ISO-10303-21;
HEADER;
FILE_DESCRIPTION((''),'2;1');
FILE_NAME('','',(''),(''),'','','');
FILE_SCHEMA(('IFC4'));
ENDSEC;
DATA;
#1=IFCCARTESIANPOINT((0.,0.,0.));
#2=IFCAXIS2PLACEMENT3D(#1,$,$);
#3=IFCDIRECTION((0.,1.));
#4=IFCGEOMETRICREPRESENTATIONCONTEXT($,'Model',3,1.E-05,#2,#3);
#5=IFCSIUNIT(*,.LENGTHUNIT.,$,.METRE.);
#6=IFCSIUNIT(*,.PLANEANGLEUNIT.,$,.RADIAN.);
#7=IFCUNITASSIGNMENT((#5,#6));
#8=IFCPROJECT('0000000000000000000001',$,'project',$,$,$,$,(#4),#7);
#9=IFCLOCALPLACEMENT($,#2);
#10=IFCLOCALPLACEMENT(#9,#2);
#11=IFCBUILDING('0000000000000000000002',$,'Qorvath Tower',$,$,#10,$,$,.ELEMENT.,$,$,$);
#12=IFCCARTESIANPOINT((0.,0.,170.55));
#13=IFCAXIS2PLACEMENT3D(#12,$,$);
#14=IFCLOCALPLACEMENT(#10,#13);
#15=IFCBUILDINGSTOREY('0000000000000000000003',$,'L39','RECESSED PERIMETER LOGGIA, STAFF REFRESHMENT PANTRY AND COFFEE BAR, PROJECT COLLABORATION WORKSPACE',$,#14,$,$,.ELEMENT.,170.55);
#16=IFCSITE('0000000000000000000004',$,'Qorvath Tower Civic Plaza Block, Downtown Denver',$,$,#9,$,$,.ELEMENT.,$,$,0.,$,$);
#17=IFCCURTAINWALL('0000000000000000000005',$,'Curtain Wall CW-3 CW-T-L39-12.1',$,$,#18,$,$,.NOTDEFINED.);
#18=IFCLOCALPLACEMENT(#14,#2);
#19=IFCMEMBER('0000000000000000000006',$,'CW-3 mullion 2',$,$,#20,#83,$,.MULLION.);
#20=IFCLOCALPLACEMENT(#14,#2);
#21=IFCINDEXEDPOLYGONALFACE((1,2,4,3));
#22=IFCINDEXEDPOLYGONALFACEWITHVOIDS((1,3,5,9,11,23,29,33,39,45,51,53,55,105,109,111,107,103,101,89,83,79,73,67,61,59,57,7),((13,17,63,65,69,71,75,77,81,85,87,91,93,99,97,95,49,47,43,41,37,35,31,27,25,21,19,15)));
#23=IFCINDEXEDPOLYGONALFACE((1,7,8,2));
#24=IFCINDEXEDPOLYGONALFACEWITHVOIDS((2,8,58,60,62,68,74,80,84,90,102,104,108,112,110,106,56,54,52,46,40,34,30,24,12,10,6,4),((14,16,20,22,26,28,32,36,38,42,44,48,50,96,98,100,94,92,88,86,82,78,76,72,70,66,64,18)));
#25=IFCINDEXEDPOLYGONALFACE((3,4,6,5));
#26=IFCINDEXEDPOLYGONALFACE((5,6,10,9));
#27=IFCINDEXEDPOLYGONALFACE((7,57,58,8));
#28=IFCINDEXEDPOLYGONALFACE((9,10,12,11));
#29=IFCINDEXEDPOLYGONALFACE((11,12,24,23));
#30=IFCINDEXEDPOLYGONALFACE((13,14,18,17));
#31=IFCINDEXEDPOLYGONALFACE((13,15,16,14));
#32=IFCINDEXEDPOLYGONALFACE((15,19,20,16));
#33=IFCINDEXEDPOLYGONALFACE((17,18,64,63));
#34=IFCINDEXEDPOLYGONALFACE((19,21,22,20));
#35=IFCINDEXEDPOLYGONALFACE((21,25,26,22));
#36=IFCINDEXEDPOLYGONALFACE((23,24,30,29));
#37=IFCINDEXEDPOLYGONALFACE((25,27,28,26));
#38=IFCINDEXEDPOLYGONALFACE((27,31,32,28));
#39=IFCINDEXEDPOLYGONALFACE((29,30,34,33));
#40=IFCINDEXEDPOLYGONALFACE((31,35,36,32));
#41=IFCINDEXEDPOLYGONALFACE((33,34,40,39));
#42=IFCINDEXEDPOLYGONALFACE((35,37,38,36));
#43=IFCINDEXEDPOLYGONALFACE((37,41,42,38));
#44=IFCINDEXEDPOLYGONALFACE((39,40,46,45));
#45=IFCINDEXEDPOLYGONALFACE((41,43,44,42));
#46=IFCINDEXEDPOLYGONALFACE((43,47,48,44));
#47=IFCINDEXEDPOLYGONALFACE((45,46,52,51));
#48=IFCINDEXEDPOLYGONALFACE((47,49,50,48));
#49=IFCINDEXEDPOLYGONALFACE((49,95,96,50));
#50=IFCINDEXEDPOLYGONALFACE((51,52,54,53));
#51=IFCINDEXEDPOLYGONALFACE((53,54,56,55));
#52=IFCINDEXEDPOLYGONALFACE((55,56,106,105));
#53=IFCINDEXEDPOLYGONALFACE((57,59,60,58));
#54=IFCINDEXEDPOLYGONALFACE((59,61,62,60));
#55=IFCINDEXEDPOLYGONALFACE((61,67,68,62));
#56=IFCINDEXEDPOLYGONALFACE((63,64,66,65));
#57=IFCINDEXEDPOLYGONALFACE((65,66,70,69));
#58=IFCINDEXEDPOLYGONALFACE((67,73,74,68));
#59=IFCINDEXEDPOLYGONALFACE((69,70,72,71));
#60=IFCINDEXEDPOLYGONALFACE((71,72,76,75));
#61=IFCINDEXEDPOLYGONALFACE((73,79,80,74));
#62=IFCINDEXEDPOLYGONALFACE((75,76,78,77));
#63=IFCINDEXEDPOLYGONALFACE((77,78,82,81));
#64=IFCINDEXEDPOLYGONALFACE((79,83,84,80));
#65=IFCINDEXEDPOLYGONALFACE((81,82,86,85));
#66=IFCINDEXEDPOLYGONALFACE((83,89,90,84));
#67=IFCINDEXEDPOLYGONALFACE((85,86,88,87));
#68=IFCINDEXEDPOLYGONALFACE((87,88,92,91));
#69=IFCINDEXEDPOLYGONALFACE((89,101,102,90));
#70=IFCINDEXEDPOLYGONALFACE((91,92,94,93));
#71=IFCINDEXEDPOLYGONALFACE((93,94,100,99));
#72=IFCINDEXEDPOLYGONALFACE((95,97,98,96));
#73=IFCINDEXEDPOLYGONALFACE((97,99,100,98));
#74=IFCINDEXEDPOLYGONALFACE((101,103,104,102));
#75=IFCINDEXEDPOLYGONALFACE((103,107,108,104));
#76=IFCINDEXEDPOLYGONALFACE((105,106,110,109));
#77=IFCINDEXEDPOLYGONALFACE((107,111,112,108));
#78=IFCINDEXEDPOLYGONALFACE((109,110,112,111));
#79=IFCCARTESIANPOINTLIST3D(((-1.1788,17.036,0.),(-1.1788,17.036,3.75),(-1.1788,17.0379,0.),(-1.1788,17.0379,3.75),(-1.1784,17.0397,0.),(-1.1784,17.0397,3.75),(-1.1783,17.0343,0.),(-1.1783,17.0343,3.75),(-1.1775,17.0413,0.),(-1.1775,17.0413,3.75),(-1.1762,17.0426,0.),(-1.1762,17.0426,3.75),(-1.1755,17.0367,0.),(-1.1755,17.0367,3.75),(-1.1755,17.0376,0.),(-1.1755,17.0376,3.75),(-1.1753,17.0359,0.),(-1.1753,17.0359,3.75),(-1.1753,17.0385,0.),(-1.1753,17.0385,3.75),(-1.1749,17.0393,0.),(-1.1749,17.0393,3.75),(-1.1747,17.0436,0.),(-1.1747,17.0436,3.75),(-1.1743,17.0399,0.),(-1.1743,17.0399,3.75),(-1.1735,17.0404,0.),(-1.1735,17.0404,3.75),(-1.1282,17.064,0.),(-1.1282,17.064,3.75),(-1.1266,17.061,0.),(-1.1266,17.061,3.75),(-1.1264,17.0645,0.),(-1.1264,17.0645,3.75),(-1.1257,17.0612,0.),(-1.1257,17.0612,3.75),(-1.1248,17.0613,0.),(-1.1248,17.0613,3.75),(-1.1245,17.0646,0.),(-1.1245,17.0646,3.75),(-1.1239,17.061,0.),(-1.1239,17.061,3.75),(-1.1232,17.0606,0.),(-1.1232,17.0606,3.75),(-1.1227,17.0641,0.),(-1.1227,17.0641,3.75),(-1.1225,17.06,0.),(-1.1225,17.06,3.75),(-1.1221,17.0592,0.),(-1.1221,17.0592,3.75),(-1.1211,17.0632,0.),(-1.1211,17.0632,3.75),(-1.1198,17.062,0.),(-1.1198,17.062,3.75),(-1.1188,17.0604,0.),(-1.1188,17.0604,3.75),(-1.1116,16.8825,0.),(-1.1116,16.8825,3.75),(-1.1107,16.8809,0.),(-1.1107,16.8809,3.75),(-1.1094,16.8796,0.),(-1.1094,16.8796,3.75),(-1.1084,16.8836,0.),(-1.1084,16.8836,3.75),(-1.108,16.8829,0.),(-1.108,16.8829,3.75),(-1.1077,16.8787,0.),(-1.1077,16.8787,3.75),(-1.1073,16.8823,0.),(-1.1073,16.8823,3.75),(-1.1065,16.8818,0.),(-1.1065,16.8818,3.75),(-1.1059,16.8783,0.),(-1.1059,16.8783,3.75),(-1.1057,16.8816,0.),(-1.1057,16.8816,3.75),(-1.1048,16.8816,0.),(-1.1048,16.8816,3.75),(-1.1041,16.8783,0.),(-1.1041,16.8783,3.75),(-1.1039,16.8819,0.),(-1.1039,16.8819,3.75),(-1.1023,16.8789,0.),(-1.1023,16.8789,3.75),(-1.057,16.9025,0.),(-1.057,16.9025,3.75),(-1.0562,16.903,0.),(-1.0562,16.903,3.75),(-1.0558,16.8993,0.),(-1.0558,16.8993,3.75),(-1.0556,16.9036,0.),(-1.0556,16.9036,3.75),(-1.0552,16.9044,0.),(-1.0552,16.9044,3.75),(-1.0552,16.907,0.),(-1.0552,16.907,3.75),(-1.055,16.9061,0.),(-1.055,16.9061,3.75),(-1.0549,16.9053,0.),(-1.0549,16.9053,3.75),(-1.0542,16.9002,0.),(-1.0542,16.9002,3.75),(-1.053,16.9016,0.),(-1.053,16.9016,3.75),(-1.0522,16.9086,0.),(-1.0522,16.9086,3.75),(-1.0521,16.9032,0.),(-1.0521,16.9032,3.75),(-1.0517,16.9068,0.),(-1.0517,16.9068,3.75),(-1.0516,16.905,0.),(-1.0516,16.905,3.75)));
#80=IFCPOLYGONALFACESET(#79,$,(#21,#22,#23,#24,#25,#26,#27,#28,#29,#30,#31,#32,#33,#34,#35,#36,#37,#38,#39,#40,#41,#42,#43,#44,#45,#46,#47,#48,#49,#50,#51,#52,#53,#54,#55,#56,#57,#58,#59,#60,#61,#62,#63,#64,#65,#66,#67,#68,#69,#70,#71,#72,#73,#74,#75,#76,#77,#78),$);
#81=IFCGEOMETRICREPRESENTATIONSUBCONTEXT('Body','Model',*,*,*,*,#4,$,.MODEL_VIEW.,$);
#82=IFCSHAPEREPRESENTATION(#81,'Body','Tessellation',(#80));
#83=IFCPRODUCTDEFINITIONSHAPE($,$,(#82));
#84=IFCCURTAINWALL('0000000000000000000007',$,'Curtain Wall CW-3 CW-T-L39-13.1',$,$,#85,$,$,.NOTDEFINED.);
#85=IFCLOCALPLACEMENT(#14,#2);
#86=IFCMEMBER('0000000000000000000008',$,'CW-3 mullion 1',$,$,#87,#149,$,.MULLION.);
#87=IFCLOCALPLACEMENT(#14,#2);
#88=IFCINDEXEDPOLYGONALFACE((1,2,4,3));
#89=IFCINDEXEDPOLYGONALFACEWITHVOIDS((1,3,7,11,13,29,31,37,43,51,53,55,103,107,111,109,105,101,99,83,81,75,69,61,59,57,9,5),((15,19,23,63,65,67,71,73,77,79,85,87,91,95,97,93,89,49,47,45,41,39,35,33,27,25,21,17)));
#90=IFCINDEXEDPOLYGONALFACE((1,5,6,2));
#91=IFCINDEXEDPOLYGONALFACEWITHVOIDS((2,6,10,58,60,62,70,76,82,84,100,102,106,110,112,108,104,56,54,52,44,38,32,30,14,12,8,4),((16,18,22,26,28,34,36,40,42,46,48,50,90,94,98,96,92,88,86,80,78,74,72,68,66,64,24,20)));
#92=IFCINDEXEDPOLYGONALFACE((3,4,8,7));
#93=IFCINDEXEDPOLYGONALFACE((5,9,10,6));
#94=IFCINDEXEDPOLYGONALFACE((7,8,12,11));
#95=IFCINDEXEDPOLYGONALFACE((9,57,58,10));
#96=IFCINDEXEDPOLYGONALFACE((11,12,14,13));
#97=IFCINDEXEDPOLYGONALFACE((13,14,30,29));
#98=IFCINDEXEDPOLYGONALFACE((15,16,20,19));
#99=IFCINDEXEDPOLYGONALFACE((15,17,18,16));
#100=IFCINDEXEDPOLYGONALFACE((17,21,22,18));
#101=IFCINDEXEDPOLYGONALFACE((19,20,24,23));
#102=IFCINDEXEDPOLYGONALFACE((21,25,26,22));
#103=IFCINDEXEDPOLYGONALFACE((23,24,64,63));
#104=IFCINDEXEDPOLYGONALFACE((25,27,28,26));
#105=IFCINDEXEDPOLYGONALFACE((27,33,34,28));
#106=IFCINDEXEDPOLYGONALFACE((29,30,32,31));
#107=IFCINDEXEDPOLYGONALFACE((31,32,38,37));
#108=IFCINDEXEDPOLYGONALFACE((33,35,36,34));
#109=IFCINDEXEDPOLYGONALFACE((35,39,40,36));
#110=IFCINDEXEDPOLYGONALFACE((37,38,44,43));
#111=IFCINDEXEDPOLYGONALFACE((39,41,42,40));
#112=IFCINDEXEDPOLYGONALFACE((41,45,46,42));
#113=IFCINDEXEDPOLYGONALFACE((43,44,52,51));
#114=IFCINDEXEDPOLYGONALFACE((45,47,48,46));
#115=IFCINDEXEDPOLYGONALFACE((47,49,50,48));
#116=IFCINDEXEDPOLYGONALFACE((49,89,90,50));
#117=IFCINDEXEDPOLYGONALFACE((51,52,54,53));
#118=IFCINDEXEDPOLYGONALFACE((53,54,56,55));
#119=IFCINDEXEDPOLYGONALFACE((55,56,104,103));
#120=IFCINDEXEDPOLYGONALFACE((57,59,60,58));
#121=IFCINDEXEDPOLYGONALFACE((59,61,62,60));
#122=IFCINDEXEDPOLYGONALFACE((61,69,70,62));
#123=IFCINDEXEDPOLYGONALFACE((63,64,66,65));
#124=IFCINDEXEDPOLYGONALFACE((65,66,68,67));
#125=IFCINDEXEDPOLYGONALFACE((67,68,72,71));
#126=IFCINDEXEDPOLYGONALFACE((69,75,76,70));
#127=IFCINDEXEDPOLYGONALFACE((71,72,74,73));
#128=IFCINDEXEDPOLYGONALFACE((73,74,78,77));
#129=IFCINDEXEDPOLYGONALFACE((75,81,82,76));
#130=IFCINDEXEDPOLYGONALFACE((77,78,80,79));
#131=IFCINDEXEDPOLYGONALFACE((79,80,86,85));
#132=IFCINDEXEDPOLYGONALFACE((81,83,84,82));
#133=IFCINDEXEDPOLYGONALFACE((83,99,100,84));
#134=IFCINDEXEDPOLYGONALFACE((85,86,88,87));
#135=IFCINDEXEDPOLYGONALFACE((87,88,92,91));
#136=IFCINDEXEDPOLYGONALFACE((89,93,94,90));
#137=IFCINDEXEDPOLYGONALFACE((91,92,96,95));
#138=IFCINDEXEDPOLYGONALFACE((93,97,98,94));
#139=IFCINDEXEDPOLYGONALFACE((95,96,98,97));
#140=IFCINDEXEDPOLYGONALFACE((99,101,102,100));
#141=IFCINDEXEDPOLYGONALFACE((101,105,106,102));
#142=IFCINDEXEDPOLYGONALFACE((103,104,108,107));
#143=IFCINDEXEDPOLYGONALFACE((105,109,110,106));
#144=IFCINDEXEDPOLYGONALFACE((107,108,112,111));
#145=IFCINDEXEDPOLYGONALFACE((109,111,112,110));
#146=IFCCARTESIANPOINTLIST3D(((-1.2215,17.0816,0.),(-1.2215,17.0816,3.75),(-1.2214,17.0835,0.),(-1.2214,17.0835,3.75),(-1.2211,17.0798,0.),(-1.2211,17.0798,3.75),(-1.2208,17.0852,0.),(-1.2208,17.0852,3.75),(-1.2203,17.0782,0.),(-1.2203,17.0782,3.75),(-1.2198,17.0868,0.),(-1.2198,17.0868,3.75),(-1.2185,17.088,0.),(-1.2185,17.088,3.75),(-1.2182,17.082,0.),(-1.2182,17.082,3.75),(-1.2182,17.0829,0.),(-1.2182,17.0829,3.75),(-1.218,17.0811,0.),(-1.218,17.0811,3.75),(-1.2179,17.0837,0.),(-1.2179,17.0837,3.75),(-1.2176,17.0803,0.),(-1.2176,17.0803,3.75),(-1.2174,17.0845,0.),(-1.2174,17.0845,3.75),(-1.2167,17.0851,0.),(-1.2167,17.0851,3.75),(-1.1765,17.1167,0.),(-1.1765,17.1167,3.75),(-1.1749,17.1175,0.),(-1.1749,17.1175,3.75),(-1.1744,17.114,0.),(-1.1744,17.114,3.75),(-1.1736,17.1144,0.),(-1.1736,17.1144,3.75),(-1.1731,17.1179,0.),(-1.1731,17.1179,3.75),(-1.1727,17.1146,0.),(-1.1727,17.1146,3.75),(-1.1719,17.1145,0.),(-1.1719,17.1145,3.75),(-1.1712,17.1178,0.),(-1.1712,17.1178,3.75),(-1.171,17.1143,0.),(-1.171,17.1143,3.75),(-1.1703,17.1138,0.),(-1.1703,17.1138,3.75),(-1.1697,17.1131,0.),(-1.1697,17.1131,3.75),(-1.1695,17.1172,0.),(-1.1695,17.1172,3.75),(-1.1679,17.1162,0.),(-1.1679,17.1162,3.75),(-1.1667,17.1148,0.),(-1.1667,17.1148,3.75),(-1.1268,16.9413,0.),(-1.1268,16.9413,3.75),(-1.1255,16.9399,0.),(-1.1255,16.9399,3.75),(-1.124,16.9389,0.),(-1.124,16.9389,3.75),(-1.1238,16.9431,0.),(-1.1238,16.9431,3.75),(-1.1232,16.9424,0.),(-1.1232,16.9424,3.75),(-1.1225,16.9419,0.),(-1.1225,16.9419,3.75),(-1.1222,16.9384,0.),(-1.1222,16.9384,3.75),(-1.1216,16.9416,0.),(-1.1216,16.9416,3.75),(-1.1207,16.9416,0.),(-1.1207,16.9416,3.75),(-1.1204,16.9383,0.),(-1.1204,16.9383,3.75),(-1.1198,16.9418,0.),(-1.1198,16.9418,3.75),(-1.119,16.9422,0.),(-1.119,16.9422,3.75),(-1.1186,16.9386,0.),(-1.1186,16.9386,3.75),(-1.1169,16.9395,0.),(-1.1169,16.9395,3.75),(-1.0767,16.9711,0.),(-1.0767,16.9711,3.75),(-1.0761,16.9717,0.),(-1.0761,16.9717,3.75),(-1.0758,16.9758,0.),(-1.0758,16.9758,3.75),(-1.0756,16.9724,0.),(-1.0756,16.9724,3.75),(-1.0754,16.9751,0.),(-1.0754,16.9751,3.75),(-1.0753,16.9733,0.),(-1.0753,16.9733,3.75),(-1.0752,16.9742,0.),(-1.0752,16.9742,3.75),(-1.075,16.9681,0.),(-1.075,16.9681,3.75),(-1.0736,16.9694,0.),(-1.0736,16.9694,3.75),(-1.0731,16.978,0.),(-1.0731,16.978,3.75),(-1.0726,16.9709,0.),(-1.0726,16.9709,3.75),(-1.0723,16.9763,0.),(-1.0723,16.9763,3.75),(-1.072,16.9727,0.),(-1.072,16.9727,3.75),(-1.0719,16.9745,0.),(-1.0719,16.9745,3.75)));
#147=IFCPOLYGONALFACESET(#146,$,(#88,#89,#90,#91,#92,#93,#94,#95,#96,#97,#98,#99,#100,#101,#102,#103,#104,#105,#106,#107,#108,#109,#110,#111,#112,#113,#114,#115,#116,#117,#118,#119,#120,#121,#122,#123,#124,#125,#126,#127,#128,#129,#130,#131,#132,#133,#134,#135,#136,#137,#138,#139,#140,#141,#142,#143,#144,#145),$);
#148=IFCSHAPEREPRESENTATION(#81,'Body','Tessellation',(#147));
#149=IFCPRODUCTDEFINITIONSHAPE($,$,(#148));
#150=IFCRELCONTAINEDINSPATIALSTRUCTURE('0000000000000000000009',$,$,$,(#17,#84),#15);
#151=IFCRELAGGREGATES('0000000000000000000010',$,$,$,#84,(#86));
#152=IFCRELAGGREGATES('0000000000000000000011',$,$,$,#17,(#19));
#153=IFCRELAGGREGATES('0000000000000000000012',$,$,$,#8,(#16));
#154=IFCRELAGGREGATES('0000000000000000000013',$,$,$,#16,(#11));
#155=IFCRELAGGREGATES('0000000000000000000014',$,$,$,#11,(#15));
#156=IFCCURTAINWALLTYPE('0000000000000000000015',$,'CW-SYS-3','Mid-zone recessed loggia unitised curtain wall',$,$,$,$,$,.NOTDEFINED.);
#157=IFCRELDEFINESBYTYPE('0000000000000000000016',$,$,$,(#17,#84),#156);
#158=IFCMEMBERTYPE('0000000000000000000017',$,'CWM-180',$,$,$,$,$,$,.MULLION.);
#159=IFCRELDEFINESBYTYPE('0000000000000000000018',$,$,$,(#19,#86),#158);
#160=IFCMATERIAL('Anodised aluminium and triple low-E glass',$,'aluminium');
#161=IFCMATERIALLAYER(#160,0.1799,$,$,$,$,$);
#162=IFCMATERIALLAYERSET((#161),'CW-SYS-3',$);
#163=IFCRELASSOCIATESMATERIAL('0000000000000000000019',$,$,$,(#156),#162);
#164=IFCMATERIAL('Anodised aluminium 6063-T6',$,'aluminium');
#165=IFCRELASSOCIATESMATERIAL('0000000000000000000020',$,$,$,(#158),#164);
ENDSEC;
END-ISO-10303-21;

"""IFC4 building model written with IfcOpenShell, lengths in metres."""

from ifc_helpers import new_model, si_unit, direction, frame, origin, origin_2d, place, context, subcontext, project, spatial, hollow_rectangle, extrude, material, layer, layer_set, material_profile, profile_set, type_object, element, aggregate, save


model = new_model("IFC4")

# Units and contexts
model_context = context("Model", 3, precision=1e-05, world=origin(), true_north=direction((0.0, 1.0)))
body_context = subcontext(model_context, "Body", "Model", "MODEL_VIEW")
ifc_project = project(units=[si_unit("LENGTHUNIT", "METRE"), si_unit("PLANEANGLEUNIT", "RADIAN")], contexts=[model_context])

# Site, building, storey
site_placement = place(None, origin())
site = spatial("IfcSite", under=ifc_project, at=site_placement, Name="Qorvath Tower Civic Plaza Block, Downtown Denver", CompositionType="ELEMENT", RefElevation=0.0)
building_placement = place(site_placement, origin())
building = spatial("IfcBuilding", under=site, at=building_placement, Name="Qorvath Tower", CompositionType="ELEMENT")
storey_placement = place(building_placement, frame((0.0, 0.0, 170.55)))
storey = spatial("IfcBuildingStorey", under=building, at=storey_placement, Name="L39", Description="RECESSED PERIMETER LOGGIA, STAFF REFRESHMENT PANTRY AND COFFEE BAR, PROJECT COLLABORATION WORKSPACE", CompositionType="ELEMENT", Elevation=170.55)

# Shared definitions
ifc_material_1 = material(Name="Anodised aluminium and triple low-E glass", Category="aluminium")
ifc_layer_1 = layer(ifc_material_1, 0.1799)
ifc_layer_set_1 = layer_set([ifc_layer_1], Name="CW-SYS-3")
curtain_wall_type = type_object("IfcCurtainWallType", Name="CW-SYS-3", Description="Mid-zone recessed loggia unitised curtain wall", PredefinedType="NOTDEFINED", material=ifc_layer_set_1)
ifc_material_2 = material(Name="Anodised aluminium 6063-T6", Category="aluminium")
ifc_material_profile_1 = material_profile(ifc_material_2, hollow_rectangle(XDim=0.0649, YDim=0.1799, WallThickness=0.0034, InnerFilletRadius=0.0034, OuterFilletRadius=0.0071, at=origin_2d()), Name="CWM 180x65")
ifc_profile_set_1 = profile_set([ifc_material_profile_1], Name="Anodised aluminium 6063-T6")
member_type_1 = type_object("IfcMemberType", Name="CWM-180", PredefinedType="MULLION", material=ifc_profile_set_1)

# Curtain wall, member
curtain_wall_1_placement = place(storey_placement, origin())
curtain_wall_1 = element("IfcCurtainWall", 1, at=curtain_wall_1_placement, inside=storey, type_object=curtain_wall_type, Name="Curtain Wall CW-3 CW-T-L39-12.1", PredefinedType="NOTDEFINED")
member_1_placement = place(storey_placement, frame((-1.1152, 16.9714, 0.0), z_axis=(0.0, 0.0, 1.0), x_axis=(-0.915629, -0.402023, 0.0)))
member_1 = element("IfcMember", 2, at=member_1_placement, type_object=member_type_1, Name="CW-3 mullion 2", PredefinedType="MULLION", context=body_context, shape_type="SweptSolid", body=[
    extrude(hollow_rectangle(XDim=0.0649, YDim=0.1799, WallThickness=0.0034, InnerFilletRadius=0.0034, OuterFilletRadius=0.0071, at=origin_2d()), origin(), (0.0, 0.0, 1.0), 3.75),
])

# Curtain wall, member
curtain_wall_2_placement = place(storey_placement, origin())
curtain_wall_2 = element("IfcCurtainWall", 3, at=curtain_wall_2_placement, inside=storey, type_object=curtain_wall_type, Name="Curtain Wall CW-3 CW-T-L39-13.1", PredefinedType="NOTDEFINED")
member_2_placement = place(storey_placement, frame((-1.1467, 17.0281, 0.0), z_axis=(0.0, 0.0, 1.0), x_axis=(-0.825525, -0.564366, 0.0)))
member_2 = element("IfcMember", 4, at=member_2_placement, type_object=member_type_1, Name="CW-3 mullion 1", PredefinedType="MULLION", context=body_context, shape_type="SweptSolid", body=[
    extrude(hollow_rectangle(XDim=0.0649, YDim=0.1799, WallThickness=0.0034, InnerFilletRadius=0.0034, OuterFilletRadius=0.0071, at=origin_2d()), origin(), (0.0, 0.0, 1.0), 3.75),
])

aggregate(curtain_wall_2, [member_2])

aggregate(curtain_wall_1, [member_1])

save(model, "model.ifc")
